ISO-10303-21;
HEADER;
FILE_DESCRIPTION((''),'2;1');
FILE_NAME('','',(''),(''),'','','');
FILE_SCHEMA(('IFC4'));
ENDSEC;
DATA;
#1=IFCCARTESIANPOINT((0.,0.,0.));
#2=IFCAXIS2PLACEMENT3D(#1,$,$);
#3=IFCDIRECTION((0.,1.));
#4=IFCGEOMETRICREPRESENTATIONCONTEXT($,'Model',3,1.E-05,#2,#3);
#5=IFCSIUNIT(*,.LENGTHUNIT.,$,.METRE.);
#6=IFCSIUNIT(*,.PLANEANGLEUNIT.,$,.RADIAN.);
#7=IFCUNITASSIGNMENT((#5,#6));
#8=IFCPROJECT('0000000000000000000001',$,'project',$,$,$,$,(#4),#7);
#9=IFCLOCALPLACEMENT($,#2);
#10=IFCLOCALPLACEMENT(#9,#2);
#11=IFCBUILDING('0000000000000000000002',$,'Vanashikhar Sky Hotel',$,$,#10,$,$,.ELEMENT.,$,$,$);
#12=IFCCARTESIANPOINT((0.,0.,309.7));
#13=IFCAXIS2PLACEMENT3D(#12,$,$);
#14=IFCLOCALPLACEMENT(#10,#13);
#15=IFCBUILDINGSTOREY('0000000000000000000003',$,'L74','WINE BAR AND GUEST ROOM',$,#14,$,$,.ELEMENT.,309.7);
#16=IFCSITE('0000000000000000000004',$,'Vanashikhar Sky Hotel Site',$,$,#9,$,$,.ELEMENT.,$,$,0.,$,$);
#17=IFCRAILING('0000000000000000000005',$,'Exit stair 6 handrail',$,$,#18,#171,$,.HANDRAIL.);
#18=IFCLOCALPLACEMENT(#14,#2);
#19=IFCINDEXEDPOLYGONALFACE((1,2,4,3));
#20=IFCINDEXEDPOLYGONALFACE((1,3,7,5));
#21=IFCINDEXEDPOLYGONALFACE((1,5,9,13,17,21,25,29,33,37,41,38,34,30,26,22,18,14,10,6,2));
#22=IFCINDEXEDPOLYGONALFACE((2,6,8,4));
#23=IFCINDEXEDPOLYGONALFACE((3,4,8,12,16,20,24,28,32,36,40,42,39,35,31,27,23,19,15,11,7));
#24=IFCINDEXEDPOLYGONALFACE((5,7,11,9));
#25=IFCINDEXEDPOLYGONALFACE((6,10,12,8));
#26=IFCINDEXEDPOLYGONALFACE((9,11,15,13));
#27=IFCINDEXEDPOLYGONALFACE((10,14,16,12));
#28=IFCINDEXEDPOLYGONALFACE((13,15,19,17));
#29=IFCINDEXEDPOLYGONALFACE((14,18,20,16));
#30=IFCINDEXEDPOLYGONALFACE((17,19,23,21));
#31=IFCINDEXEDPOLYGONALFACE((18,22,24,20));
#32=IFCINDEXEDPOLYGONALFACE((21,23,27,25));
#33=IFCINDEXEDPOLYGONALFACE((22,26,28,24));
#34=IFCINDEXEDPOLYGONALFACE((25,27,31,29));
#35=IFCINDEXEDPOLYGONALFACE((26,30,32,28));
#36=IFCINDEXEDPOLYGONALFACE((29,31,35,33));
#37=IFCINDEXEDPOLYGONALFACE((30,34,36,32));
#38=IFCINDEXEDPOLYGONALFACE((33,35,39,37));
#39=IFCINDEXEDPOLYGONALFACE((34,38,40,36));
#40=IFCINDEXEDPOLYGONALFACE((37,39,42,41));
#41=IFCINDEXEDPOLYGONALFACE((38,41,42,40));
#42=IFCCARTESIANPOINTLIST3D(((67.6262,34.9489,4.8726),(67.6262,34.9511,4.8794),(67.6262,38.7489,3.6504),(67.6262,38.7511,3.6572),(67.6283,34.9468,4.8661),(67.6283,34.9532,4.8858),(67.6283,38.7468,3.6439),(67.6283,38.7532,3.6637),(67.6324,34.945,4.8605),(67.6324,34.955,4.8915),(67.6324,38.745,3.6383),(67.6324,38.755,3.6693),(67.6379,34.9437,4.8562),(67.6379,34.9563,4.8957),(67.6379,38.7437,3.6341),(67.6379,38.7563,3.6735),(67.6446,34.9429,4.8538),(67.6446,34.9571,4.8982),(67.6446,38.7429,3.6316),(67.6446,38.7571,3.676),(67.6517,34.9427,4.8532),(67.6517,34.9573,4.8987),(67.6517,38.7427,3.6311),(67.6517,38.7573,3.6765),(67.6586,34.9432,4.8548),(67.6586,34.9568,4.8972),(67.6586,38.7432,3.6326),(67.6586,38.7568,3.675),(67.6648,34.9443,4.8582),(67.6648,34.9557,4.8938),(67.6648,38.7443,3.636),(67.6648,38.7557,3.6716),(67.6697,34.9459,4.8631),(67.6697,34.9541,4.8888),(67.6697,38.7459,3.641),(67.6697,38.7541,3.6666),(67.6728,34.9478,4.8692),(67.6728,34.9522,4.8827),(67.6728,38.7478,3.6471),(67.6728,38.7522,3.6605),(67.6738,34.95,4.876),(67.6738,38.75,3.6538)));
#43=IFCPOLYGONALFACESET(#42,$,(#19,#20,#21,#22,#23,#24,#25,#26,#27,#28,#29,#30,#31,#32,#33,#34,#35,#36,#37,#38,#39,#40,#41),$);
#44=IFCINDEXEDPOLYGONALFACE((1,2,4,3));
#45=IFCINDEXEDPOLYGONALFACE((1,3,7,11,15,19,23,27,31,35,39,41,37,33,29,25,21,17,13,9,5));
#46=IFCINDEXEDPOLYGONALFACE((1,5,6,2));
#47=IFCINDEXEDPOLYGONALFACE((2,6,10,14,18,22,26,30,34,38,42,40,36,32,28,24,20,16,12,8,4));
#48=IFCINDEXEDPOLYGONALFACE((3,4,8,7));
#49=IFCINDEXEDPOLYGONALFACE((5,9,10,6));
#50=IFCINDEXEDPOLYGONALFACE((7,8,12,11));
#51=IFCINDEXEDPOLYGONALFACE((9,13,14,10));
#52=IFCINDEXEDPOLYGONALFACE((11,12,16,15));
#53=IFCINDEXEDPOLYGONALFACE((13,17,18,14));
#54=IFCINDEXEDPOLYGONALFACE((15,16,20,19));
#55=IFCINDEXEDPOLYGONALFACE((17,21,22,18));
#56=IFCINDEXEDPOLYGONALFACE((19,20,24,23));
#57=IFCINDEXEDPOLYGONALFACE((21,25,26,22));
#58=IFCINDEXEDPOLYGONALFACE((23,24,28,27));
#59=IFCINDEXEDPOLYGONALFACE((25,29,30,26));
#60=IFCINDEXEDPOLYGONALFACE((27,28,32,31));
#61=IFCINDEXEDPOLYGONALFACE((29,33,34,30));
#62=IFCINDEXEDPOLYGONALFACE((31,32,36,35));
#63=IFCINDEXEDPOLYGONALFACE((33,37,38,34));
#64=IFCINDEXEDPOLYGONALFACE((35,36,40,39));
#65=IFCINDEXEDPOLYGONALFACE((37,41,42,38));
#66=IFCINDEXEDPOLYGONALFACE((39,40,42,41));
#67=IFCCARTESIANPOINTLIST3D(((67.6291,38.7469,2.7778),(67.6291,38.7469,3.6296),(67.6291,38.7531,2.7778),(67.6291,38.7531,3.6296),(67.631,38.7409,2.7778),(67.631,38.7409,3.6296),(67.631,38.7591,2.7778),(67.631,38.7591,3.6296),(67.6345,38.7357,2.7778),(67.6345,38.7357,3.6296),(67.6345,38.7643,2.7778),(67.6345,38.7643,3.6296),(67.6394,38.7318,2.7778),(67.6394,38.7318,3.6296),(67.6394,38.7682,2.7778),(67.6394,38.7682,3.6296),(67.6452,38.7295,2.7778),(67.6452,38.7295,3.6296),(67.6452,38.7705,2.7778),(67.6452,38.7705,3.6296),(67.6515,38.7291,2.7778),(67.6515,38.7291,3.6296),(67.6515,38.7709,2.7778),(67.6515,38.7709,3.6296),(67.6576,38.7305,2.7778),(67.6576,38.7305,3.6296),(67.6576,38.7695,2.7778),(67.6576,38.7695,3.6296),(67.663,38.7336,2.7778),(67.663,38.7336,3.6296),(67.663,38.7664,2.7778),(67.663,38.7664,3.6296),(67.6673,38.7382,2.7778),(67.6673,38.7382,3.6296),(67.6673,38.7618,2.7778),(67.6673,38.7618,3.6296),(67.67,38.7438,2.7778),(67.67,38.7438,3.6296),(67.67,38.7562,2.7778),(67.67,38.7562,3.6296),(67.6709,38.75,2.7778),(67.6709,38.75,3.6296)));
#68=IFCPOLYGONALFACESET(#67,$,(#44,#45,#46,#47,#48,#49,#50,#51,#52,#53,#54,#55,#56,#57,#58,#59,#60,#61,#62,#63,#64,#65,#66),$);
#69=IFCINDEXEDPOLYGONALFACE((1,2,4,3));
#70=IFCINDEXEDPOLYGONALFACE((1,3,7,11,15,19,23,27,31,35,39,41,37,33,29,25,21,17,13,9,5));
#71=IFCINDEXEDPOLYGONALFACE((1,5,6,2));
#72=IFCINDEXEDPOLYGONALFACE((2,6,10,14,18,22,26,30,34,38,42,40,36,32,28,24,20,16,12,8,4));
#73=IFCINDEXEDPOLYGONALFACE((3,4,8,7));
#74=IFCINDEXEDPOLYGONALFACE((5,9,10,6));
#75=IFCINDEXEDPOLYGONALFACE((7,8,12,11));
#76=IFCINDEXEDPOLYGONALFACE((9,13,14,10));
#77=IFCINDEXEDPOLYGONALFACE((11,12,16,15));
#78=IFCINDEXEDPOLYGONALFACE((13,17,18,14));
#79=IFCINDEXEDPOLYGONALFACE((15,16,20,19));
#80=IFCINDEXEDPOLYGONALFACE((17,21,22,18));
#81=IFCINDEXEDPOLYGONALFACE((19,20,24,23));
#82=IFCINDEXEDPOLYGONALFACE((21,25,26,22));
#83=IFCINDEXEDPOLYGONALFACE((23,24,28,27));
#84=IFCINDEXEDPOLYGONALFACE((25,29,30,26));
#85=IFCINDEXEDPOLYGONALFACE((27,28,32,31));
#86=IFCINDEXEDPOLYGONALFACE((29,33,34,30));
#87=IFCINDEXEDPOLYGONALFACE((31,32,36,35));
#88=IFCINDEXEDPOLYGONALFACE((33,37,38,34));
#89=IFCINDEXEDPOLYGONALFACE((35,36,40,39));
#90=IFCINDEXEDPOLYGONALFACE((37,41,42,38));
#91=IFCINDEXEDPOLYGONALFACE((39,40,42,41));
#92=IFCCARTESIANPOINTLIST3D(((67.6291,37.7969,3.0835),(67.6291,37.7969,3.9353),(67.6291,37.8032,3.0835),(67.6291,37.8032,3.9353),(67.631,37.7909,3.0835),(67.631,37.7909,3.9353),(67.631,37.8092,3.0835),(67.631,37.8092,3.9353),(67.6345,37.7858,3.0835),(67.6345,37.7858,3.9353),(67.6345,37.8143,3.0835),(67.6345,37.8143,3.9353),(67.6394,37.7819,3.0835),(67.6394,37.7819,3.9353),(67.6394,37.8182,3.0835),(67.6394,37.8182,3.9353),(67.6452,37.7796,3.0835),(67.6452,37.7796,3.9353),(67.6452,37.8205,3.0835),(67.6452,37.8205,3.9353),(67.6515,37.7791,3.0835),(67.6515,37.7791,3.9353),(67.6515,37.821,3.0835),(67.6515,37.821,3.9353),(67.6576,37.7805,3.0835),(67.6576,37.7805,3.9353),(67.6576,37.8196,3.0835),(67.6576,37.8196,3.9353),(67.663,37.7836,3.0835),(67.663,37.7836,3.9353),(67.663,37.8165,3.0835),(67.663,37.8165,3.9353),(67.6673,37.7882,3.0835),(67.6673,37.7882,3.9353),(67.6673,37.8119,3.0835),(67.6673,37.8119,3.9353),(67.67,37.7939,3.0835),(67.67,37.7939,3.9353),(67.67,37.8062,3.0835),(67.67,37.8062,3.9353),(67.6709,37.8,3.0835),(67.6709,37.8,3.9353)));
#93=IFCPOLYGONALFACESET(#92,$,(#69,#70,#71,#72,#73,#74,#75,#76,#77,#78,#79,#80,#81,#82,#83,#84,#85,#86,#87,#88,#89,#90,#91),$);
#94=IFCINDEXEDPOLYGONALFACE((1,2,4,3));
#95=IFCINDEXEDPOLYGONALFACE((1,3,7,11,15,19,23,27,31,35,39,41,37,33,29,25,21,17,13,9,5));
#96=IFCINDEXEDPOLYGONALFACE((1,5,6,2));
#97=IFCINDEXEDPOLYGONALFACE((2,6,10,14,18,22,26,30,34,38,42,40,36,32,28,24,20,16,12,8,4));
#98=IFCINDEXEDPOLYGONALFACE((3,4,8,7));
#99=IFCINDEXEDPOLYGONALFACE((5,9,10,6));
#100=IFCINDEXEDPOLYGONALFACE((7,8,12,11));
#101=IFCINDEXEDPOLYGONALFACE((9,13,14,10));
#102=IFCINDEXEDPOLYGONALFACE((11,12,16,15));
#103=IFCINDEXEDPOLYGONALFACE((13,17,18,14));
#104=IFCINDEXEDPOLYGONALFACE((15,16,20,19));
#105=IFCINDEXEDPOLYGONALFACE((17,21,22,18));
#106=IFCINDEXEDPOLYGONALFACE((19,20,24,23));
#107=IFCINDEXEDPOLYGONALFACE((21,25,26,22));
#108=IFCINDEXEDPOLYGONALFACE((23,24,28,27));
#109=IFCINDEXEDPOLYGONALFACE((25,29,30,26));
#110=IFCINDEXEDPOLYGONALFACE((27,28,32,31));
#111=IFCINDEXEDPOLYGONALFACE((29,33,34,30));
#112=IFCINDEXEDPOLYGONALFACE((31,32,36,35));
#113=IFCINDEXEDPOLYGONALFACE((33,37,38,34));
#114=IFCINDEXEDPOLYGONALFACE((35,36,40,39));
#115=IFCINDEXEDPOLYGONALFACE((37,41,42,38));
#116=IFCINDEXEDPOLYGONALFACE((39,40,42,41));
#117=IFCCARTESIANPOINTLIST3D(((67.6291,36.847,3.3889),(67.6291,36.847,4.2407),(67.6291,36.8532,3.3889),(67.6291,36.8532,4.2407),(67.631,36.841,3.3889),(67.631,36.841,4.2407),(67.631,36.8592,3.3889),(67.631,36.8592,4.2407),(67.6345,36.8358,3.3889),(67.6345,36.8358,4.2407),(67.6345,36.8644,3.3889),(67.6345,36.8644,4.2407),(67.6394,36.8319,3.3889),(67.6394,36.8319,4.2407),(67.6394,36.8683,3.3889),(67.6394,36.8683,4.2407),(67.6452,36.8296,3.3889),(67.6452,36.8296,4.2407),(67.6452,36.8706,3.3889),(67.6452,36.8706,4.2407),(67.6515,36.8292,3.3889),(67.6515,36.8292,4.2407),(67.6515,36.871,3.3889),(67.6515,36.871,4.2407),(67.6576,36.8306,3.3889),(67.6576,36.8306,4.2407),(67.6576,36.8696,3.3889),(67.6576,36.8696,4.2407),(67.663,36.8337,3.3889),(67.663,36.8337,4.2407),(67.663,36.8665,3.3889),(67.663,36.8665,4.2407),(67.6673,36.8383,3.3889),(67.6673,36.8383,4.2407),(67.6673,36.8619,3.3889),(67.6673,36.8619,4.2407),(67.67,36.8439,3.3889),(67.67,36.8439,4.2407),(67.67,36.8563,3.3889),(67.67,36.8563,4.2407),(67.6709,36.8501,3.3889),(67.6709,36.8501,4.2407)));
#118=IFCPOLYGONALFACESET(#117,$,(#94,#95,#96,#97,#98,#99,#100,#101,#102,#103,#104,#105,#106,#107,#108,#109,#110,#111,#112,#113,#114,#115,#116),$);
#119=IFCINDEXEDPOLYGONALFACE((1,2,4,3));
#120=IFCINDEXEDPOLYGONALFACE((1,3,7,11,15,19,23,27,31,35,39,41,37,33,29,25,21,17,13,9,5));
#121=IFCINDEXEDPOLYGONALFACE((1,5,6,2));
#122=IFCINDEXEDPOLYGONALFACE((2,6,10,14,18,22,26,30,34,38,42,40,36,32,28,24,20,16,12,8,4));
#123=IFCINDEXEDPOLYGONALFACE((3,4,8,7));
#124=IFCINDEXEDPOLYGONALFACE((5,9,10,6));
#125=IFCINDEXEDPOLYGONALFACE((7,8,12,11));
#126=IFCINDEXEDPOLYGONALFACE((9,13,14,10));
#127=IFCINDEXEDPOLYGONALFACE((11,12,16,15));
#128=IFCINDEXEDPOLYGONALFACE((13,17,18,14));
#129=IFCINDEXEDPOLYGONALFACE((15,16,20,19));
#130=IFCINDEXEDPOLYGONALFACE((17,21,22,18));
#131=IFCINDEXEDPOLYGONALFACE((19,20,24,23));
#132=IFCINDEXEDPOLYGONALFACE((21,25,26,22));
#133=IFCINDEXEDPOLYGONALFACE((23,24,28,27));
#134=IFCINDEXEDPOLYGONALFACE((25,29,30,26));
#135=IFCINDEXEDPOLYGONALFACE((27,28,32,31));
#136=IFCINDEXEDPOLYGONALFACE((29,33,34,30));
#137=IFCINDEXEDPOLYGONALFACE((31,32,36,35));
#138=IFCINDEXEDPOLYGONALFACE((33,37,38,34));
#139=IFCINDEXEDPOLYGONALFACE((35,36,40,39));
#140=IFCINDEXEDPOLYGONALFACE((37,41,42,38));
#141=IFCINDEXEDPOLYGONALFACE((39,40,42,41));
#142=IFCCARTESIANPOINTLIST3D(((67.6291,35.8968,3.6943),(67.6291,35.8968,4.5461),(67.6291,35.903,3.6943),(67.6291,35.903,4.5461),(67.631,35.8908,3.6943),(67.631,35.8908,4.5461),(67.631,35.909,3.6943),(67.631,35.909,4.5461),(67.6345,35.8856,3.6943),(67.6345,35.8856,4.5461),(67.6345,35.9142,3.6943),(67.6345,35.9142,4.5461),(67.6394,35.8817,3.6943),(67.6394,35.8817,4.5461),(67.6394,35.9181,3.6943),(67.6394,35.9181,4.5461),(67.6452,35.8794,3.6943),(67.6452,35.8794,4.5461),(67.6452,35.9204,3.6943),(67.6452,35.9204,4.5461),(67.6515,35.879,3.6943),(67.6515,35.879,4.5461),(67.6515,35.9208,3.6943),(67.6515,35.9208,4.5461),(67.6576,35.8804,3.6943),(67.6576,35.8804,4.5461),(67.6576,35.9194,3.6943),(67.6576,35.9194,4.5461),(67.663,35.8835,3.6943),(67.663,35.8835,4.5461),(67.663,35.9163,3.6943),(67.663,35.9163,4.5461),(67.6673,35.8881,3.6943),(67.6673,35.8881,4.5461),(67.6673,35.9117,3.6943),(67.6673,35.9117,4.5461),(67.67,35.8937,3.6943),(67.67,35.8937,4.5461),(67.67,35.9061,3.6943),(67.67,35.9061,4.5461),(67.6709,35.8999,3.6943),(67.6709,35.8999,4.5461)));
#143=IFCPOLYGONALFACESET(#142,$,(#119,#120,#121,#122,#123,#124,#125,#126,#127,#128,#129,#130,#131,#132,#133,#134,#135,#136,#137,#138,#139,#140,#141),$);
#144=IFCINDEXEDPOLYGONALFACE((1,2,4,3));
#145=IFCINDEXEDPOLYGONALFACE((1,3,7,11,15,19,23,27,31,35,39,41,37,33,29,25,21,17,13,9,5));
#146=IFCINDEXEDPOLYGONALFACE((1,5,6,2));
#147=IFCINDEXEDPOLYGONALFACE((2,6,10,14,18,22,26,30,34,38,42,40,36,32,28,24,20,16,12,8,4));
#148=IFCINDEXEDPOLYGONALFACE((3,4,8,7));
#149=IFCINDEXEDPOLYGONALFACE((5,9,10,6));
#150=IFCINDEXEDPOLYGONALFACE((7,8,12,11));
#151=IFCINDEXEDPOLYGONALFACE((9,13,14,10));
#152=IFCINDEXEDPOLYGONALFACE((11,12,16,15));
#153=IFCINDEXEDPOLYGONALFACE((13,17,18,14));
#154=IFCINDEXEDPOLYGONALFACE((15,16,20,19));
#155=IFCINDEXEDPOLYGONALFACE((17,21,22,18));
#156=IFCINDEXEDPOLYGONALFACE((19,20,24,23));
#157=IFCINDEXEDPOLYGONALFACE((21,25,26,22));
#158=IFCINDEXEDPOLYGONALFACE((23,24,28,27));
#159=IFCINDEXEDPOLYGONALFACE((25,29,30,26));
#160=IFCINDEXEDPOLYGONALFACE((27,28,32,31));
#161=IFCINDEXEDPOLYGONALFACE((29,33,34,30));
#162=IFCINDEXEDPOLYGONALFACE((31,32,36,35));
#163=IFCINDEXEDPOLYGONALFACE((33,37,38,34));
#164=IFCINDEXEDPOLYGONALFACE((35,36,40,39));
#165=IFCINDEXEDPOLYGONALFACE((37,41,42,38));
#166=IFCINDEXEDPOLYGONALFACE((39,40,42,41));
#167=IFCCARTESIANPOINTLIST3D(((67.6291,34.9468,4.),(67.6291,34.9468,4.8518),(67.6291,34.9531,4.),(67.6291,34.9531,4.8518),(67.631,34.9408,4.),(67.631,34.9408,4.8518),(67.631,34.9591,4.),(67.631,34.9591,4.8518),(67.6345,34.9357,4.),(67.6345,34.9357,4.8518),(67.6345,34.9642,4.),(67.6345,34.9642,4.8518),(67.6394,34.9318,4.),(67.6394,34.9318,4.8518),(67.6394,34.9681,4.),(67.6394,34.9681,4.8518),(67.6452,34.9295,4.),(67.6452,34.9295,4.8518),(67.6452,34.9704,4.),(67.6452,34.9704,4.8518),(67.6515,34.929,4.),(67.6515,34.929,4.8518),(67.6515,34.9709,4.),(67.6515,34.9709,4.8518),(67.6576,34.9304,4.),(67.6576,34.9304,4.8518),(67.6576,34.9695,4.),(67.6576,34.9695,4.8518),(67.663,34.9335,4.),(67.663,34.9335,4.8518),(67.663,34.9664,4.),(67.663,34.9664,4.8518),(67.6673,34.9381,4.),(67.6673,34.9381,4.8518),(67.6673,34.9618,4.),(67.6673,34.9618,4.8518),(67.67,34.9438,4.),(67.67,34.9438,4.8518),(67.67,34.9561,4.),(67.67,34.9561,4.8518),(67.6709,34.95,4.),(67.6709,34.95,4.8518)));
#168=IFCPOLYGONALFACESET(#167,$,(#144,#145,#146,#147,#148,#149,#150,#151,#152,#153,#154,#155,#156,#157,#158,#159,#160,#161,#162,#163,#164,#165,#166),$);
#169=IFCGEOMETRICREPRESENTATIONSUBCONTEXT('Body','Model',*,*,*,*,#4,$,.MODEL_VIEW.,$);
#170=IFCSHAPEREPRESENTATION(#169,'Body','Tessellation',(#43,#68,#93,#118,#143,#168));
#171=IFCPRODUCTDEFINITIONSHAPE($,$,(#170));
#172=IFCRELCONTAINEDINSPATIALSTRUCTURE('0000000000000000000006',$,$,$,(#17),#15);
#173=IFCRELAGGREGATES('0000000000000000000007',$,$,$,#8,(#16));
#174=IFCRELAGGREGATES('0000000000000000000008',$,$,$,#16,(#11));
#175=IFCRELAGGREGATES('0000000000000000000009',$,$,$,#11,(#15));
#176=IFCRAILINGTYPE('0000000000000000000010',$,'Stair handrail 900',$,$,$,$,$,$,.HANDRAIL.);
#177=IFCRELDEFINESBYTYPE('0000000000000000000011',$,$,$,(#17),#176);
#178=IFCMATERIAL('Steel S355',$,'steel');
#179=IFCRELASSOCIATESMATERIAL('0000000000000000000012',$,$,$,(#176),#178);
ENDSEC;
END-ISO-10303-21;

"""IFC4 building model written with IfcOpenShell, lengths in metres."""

from ifc_helpers import new_model, si_unit, direction, frame, origin, origin_2d, place, context, subcontext, project, spatial, circle, extrude, source, transform, mapped, material, type_object, element, save


model = new_model("IFC4")

# Units and contexts
model_context = context("Model", 3, precision=1e-05, world=origin(), true_north=direction((0.0, 1.0)))
body_context = subcontext(model_context, "Body", "Model", "MODEL_VIEW")
ifc_project = project(units=[si_unit("LENGTHUNIT", "METRE"), si_unit("PLANEANGLEUNIT", "RADIAN")], contexts=[model_context])

# Site, building, storey
site_placement = place(None, origin())
site = spatial("IfcSite", under=ifc_project, at=site_placement, Name="Vanashikhar Sky Hotel Site", CompositionType="ELEMENT", RefElevation=0.0)
building_placement = place(site_placement, origin())
building = spatial("IfcBuilding", under=site, at=building_placement, Name="Vanashikhar Sky Hotel", CompositionType="ELEMENT")
storey_placement = place(building_placement, frame((0.0, 0.0, 309.7)))
storey = spatial("IfcBuildingStorey", under=building, at=storey_placement, Name="L74", Description="WINE BAR AND GUEST ROOM", CompositionType="ELEMENT", Elevation=309.7)

# Railing
ifc_material_1 = material(Name="Steel S355", Category="steel")
railing_type_1 = type_object("IfcRailingType", Name="Stair handrail 900", PredefinedType="HANDRAIL", material=ifc_material_1)
shared_shape_1 = source(origin(), body_context, "Body", "SweptSolid", [
    extrude(circle(Radius=0.0239, at=origin_2d()), frame((0.0, 0.0, 0.876), z_axis=(0.0, -0.951976, 0.306173), x_axis=(1.0, 0.0, 0.0)), (0.0, 0.0, 1.0), 3.9917),
    extrude(circle(Radius=0.021, at=origin_2d()), origin(), (0.0, 0.0, 1.0), 0.8518),
    extrude(circle(Radius=0.021, at=origin_2d()), frame((0.0, -0.95, 0.3057)), (0.0, 0.0, 1.0), 0.8518),
    extrude(circle(Radius=0.021, at=origin_2d()), frame((0.0, -1.8999, 0.6111)), (0.0, 0.0, 1.0), 0.8518),
    extrude(circle(Radius=0.021, at=origin_2d()), frame((0.0, -2.8501, 0.9165)), (0.0, 0.0, 1.0), 0.8518),
    extrude(circle(Radius=0.021, at=origin_2d()), frame((0.0, -3.8, 1.2222)), (0.0, 0.0, 1.0), 0.8518),
])
for number, where, name in (
    (1, (67.6499, 38.75, 2.7778), "Exit stair 6 handrail"),
):
    element("IfcRailing", number, at=place(storey_placement, frame(where)), inside=storey, type_object=railing_type_1, Name=name, PredefinedType="HANDRAIL", context=body_context, shape_type="MappedRepresentation", body=[
        mapped(shared_shape_1, transform((0.0, 0.0, 0.0), scale=1.0)),
    ])

save(model, "model.ifc")
